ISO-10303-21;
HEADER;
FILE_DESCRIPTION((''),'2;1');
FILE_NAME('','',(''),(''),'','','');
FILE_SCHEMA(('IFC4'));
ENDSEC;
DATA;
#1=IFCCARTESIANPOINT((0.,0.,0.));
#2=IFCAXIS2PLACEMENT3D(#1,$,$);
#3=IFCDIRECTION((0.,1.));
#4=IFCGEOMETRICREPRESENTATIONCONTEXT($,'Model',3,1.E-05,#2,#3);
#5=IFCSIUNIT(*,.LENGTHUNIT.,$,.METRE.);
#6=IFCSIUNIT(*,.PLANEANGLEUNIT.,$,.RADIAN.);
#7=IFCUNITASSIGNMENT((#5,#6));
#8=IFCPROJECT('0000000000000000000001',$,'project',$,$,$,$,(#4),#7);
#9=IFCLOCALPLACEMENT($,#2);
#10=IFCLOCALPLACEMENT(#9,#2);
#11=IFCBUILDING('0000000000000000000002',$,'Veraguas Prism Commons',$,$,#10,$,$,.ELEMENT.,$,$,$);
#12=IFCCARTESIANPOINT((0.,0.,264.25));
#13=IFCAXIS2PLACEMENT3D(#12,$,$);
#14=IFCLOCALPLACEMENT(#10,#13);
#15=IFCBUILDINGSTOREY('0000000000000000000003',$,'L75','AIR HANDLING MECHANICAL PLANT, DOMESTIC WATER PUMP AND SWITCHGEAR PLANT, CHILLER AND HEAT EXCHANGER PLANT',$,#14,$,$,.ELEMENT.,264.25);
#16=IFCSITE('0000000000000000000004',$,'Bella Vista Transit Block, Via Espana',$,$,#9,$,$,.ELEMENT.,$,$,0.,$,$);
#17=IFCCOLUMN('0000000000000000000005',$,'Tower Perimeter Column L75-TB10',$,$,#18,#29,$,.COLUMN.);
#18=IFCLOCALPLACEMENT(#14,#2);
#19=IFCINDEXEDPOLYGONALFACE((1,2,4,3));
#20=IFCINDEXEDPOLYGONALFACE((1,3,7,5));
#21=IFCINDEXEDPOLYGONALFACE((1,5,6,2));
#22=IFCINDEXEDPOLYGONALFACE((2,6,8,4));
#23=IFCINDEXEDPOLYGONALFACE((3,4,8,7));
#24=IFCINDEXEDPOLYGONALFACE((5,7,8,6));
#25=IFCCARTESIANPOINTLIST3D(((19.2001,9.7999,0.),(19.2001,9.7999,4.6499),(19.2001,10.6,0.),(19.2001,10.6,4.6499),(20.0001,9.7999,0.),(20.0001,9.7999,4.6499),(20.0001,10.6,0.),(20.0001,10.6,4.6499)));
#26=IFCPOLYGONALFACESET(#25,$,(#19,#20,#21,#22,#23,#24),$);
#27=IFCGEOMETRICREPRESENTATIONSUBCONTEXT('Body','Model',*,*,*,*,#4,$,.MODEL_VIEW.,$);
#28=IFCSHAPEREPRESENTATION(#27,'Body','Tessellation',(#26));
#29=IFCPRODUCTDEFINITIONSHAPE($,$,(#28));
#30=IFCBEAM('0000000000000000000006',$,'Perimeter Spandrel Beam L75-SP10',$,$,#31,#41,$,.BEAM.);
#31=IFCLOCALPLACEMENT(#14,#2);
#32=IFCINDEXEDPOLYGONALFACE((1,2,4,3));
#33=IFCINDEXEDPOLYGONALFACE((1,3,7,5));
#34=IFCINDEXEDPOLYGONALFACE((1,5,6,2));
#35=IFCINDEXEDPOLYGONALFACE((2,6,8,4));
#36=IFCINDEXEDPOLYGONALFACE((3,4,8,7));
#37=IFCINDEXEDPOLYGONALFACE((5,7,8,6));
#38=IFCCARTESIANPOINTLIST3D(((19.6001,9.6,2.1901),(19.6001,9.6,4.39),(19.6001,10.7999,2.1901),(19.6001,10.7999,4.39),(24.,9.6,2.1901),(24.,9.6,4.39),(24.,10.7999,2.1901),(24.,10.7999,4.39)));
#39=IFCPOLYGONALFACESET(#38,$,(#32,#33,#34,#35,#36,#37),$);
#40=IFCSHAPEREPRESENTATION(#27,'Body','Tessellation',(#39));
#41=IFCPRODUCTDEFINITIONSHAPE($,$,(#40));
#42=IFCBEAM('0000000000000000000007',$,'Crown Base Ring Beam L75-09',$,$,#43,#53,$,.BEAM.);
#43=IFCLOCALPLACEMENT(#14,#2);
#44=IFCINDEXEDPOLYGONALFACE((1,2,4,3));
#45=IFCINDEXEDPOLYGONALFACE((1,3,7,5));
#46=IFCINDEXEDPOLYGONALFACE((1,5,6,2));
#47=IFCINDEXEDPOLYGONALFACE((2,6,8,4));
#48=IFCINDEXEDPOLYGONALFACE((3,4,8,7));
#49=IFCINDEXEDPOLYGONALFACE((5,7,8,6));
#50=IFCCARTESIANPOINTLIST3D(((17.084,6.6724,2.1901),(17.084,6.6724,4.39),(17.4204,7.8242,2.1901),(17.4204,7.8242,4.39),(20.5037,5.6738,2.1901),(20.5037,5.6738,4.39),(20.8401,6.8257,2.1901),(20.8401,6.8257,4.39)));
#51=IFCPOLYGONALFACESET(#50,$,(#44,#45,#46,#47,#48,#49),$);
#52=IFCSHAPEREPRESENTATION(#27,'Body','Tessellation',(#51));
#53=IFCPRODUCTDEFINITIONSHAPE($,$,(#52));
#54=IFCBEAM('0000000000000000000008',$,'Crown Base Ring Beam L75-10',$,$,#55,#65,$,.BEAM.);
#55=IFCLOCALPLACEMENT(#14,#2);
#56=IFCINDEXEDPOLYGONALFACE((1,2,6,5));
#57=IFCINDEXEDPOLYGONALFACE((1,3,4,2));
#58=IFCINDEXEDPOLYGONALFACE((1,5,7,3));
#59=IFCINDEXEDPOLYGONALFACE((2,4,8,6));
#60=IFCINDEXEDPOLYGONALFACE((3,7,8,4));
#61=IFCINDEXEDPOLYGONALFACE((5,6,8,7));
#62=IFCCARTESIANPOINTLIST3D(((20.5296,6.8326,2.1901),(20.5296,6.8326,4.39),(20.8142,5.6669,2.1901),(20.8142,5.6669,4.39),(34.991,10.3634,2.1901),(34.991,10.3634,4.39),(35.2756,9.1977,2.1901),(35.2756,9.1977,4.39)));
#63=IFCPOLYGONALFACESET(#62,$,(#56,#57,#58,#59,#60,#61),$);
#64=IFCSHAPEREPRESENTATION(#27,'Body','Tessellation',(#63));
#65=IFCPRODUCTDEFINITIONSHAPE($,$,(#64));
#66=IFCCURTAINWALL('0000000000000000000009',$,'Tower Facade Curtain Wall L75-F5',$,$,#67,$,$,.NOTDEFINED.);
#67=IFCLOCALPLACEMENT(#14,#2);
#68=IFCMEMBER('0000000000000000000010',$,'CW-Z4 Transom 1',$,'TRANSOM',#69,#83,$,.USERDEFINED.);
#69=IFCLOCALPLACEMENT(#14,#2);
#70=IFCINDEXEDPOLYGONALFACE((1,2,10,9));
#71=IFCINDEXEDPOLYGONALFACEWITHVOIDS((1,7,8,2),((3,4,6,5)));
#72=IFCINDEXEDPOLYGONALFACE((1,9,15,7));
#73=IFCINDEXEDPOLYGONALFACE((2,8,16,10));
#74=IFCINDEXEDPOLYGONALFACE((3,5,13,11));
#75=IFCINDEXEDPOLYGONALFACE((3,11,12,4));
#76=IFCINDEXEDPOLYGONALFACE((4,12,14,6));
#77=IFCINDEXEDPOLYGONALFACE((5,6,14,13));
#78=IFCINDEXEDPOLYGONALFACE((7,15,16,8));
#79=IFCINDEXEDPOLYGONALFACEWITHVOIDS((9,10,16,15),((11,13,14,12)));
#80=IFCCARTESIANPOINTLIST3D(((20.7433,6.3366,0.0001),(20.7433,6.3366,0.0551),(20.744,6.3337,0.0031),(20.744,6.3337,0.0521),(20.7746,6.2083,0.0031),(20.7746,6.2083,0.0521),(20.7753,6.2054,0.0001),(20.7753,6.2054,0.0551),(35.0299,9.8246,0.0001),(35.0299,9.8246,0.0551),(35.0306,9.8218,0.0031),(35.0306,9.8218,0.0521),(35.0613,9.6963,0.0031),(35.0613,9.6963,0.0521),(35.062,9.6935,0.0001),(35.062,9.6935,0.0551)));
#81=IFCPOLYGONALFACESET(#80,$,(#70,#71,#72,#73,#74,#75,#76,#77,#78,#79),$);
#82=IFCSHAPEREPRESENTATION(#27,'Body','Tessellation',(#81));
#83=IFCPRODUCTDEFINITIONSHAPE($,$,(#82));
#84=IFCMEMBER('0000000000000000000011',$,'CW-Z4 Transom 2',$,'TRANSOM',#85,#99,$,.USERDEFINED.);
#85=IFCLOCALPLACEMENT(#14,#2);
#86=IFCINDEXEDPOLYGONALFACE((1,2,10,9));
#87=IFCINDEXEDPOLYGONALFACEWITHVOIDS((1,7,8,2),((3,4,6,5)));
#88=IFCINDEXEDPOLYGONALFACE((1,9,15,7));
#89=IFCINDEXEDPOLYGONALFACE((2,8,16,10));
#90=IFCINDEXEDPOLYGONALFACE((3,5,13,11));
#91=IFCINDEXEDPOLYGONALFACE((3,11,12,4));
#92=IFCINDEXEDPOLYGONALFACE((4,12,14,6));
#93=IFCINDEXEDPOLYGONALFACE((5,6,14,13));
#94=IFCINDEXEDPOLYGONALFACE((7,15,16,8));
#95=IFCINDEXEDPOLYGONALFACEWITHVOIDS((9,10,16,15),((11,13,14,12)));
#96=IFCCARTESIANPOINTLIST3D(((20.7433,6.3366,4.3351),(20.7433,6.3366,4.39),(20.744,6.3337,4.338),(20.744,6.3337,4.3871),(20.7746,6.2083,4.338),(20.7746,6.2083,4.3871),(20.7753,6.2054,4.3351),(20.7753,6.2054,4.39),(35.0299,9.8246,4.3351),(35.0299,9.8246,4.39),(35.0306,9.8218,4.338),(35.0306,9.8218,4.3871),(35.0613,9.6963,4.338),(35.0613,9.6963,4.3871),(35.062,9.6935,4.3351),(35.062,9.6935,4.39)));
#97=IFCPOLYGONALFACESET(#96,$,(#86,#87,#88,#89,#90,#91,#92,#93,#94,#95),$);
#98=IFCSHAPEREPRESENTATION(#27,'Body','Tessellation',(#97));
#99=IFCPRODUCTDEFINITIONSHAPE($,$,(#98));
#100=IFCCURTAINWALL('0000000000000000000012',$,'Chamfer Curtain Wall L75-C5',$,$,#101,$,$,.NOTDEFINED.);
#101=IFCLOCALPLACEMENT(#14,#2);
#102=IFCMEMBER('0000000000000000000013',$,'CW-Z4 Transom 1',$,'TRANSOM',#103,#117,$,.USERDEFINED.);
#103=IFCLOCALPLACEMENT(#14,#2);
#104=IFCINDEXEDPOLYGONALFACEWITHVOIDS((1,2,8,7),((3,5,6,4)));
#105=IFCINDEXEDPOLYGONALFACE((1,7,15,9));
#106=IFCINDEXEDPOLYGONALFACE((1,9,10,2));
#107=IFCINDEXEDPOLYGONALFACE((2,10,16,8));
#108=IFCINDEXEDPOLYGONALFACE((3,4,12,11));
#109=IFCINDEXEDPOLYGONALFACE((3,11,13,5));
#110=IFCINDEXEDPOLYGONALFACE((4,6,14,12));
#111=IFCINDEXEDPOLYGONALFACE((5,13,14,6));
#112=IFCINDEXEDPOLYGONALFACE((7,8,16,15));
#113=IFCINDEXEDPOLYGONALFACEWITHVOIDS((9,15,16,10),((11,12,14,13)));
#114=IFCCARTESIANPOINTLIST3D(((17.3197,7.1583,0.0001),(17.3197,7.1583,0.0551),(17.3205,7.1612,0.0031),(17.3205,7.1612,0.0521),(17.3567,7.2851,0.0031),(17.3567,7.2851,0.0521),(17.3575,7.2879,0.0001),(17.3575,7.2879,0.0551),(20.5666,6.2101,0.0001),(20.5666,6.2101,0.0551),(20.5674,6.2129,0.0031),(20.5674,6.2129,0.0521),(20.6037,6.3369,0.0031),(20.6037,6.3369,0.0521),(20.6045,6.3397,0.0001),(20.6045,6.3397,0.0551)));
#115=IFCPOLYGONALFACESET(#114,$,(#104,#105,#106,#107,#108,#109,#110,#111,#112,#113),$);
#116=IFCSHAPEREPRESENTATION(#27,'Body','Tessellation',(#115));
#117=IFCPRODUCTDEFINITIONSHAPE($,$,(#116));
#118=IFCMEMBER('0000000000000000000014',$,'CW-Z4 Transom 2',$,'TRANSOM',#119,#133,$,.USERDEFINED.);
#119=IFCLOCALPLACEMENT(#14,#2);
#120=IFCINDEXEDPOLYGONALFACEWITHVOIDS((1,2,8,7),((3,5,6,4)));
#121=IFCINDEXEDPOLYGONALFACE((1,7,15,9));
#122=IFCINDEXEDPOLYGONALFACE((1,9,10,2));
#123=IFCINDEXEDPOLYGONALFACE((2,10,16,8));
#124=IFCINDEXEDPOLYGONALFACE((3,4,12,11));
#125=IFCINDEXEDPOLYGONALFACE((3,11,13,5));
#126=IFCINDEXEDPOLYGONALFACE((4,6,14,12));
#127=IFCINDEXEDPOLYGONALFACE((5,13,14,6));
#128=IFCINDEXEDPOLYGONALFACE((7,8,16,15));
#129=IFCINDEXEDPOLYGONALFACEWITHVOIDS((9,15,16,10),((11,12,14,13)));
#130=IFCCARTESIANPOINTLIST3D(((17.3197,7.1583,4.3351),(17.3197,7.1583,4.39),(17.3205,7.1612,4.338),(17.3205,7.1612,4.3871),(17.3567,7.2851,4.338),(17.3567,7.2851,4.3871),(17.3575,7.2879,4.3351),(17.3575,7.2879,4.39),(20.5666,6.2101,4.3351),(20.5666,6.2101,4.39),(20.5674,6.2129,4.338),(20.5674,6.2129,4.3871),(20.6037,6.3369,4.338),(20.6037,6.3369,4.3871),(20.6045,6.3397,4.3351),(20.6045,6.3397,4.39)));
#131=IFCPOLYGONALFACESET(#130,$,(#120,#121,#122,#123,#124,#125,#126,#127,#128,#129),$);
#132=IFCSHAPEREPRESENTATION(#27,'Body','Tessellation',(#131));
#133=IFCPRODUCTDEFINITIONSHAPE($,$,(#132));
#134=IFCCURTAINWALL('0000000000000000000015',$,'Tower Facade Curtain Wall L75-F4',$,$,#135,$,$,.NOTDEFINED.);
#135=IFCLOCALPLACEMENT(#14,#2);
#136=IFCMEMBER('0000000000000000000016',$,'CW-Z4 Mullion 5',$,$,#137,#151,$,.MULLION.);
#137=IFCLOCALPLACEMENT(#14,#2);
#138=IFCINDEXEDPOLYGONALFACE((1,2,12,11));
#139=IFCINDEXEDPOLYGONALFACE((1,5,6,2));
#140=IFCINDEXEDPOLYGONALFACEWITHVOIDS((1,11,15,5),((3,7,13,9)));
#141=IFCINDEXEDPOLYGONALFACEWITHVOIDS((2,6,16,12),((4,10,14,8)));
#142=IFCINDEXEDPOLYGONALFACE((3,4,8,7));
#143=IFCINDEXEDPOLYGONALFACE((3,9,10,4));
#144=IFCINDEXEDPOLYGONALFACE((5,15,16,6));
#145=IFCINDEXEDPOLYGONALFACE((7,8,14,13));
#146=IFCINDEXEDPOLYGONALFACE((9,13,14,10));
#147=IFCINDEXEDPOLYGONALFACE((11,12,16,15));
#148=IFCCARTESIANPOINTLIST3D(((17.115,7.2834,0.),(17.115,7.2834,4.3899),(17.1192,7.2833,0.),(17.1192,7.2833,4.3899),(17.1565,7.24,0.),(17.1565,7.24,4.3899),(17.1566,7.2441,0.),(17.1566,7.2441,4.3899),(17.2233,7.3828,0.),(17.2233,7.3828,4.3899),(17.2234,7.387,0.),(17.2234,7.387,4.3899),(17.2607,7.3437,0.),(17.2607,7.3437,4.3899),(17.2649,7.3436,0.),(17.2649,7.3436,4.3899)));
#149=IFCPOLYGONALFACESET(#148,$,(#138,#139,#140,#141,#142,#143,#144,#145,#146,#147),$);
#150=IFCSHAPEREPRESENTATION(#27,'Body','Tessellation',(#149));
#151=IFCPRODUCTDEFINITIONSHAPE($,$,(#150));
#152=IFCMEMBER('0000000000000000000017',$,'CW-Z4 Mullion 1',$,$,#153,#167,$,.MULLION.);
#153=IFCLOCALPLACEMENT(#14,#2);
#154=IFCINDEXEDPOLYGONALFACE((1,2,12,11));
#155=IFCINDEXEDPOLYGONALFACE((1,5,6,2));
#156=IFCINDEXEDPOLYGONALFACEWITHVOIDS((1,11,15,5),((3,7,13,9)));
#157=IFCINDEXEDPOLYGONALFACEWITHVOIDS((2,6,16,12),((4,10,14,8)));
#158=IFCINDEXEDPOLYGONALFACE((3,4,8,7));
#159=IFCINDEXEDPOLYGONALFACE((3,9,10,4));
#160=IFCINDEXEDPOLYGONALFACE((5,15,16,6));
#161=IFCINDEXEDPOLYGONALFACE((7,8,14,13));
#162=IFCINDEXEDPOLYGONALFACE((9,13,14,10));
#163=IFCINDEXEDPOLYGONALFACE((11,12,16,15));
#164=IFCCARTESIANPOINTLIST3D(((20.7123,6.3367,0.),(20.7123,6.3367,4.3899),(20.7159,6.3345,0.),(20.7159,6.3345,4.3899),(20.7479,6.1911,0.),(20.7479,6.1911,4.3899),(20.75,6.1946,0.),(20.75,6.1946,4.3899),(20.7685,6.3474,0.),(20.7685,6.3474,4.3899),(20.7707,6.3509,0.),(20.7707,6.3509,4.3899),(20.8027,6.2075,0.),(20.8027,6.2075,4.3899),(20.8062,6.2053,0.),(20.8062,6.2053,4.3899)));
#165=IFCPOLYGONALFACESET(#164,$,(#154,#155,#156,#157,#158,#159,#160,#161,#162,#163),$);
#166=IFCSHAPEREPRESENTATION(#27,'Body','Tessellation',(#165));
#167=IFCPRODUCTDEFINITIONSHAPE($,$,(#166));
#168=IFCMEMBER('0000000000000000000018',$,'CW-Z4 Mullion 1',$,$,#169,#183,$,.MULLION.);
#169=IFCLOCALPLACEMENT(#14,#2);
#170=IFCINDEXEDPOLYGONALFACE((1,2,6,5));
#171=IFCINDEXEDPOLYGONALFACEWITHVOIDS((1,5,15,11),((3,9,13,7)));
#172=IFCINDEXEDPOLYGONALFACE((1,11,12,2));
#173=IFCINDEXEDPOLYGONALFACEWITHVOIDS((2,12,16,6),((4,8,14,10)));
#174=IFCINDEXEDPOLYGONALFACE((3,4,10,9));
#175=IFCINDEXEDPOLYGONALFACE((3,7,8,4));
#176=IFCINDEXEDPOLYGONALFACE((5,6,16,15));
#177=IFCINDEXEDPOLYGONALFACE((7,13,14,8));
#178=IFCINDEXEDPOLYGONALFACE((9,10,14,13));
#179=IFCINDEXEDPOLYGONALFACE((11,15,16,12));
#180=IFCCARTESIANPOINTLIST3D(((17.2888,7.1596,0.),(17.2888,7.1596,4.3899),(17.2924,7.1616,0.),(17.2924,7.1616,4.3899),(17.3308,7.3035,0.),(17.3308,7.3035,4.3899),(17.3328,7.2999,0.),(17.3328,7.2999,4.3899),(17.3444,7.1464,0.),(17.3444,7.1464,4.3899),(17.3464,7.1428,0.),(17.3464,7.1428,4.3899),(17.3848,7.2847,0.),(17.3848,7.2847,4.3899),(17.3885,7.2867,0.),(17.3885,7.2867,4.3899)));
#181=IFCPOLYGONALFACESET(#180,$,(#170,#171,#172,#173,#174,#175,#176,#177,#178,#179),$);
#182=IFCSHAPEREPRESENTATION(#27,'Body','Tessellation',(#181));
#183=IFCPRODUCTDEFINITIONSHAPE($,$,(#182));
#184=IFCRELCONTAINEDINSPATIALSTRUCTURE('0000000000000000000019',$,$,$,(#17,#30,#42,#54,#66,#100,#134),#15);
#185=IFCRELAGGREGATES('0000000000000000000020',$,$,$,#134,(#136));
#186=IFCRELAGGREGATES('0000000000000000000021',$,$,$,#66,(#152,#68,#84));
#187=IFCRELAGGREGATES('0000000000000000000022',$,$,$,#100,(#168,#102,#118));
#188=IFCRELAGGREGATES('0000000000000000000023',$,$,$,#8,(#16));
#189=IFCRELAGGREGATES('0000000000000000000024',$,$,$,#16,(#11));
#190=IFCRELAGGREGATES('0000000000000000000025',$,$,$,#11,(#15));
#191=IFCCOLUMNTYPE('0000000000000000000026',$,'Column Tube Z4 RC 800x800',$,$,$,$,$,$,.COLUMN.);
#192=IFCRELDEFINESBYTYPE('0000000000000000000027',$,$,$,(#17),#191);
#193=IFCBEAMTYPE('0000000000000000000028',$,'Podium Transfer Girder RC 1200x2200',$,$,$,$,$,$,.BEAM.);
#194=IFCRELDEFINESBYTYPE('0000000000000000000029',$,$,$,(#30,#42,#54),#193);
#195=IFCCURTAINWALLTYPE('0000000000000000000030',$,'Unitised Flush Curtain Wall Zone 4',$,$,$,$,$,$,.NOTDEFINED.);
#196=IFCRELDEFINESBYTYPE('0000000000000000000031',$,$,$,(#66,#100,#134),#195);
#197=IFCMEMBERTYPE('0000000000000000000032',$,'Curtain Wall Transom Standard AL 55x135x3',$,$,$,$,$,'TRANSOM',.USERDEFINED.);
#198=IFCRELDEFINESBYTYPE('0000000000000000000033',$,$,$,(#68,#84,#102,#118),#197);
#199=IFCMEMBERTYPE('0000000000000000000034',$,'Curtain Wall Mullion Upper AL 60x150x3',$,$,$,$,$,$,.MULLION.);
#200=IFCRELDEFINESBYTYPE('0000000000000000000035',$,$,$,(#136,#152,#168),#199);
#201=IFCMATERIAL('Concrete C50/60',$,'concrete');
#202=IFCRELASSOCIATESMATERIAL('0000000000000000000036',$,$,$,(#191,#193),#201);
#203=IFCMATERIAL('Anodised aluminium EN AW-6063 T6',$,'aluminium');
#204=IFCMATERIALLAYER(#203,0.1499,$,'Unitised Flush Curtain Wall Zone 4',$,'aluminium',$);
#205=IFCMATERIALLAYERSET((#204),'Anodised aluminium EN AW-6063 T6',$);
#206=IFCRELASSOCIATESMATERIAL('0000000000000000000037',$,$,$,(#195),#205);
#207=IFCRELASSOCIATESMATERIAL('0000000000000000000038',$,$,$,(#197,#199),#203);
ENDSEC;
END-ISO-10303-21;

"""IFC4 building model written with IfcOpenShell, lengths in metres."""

from ifc_helpers import new_model, si_unit, direction, frame, origin, origin_2d, place, context, subcontext, project, spatial, rectangle, hollow_rectangle, extrude, source, transform, mapped, material, layer, layer_set, material_profile, profile_set, type_object, element, aggregate, save


model = new_model("IFC4")

# Units and contexts
model_context = context("Model", 3, precision=1e-05, world=origin(), true_north=direction((0.0, 1.0)))
body_context = subcontext(model_context, "Body", "Model", "MODEL_VIEW")
ifc_project = project(units=[si_unit("LENGTHUNIT", "METRE"), si_unit("PLANEANGLEUNIT", "RADIAN")], contexts=[model_context])

# Site, building, storey
site_placement = place(None, origin())
site = spatial("IfcSite", under=ifc_project, at=site_placement, Name="Bella Vista Transit Block, Via Espana", CompositionType="ELEMENT", RefElevation=0.0)
building_placement = place(site_placement, origin())
building = spatial("IfcBuilding", under=site, at=building_placement, Name="Veraguas Prism Commons", CompositionType="ELEMENT")
storey_placement = place(building_placement, frame((0.0, 0.0, 264.25)))
storey = spatial("IfcBuildingStorey", under=building, at=storey_placement, Name="L75", Description="AIR HANDLING MECHANICAL PLANT, DOMESTIC WATER PUMP AND SWITCHGEAR PLANT, CHILLER AND HEAT EXCHANGER PLANT", CompositionType="ELEMENT", Elevation=264.25)

# Column
ifc_material_1 = material(Name="Concrete C50/60", Category="concrete")
ifc_material_profile_1 = material_profile(ifc_material_1, rectangle(XDim=0.8, YDim=0.8, at=origin_2d()), Name="RC800X800")
ifc_profile_set_1 = profile_set([ifc_material_profile_1], Name="Concrete C50/60")
column_type = type_object("IfcColumnType", Name="Column Tube Z4 RC 800x800", PredefinedType="COLUMN", material=ifc_profile_set_1)
column_placement = place(storey_placement, frame((19.6001, 10.2, 0.0), z_axis=(0.0, 0.0, 1.0), x_axis=(1.0, 0.0, 0.0)))
element("IfcColumn", 1, at=column_placement, inside=storey, type_object=column_type, Name="Tower Perimeter Column L75-TB10", PredefinedType="COLUMN", context=body_context, shape_type="SweptSolid", body=[
    extrude(rectangle(XDim=0.8, YDim=0.8, at=origin_2d()), origin(), (0.0, 0.0, 1.0), 4.6499),
])

# Beams
ifc_material_profile_2 = material_profile(ifc_material_1, rectangle(XDim=1.2, YDim=2.2, at=origin_2d()), Name="RC1200X2200")
ifc_profile_set_2 = profile_set([ifc_material_profile_2], Name="Concrete C50/60")
beam_type = type_object("IfcBeamType", Name="Podium Transfer Girder RC 1200x2200", PredefinedType="BEAM", material=ifc_profile_set_2)
beam_1_placement = place(storey_placement, frame((19.6001, 10.2, 3.29), z_axis=(1.0, 0.0, 0.0), x_axis=(0.0, 1.0, 0.0)))
element("IfcBeam", 2, at=beam_1_placement, inside=storey, type_object=beam_type, Name="Perimeter Spandrel Beam L75-SP10", PredefinedType="BEAM", context=body_context, shape_type="SweptSolid", body=[
    extrude(rectangle(XDim=1.2, YDim=2.2, at=origin_2d()), origin(), (0.0, 0.0, 1.0), 4.3999),
])
beam_2_placement = place(storey_placement, frame((17.2522, 7.2483, 3.29), z_axis=(0.959915, -0.280292, 0.0), x_axis=(0.280292, 0.959915, 0.0)))
element("IfcBeam", 3, at=beam_2_placement, inside=storey, type_object=beam_type, Name="Crown Base Ring Beam L75-09", PredefinedType="BEAM", context=body_context, shape_type="SweptSolid", body=[
    extrude(rectangle(XDim=1.2, YDim=2.2, at=origin_2d()), origin(), (0.0, 0.0, 1.0), 3.5625),
])
beam_3_placement = place(storey_placement, frame((20.6719, 6.2498, 3.29), z_axis=(0.971465, 0.237183, 0.0), x_axis=(-0.237183, 0.971465, 0.0)))
element("IfcBeam", 4, at=beam_3_placement, inside=storey, type_object=beam_type, Name="Crown Base Ring Beam L75-10", PredefinedType="BEAM", context=body_context, shape_type="SweptSolid", body=[
    extrude(rectangle(XDim=1.2, YDim=2.2, at=origin_2d()), origin(), (0.0, 0.0, 1.0), 14.8862),
])

# Curtain walls, members
ifc_material_2 = material(Name="Anodised aluminium EN AW-6063 T6", Category="aluminium")
ifc_layer_1 = layer(ifc_material_2, 0.1499, Name="Unitised Flush Curtain Wall Zone 4", Category="aluminium")
ifc_layer_set_1 = layer_set([ifc_layer_1], Name="Anodised aluminium EN AW-6063 T6")
curtain_wall_type = type_object("IfcCurtainWallType", Name="Unitised Flush Curtain Wall Zone 4", PredefinedType="NOTDEFINED", material=ifc_layer_set_1)
curtain_wall_1_placement = place(storey_placement, origin())
curtain_wall_1 = element("IfcCurtainWall", 5, at=curtain_wall_1_placement, inside=storey, type_object=curtain_wall_type, Name="Tower Facade Curtain Wall L75-F5", PredefinedType="NOTDEFINED")
ifc_material_profile_3 = material_profile(ifc_material_2, hollow_rectangle(XDim=0.0549, YDim=0.135, WallThickness=0.0029, at=origin_2d()), Name="AL55X135X3")
ifc_profile_set_3 = profile_set([ifc_material_profile_3], Name="Anodised aluminium EN AW-6063 T6")
member_type_1 = type_object("IfcMemberType", Name="Curtain Wall Transom Standard AL 55x135x3", ElementType="TRANSOM", PredefinedType="USERDEFINED", material=ifc_profile_set_3)
shared_shape_1 = source(origin(), body_context, "Body", "SweptSolid", [
    extrude(hollow_rectangle(XDim=0.0549, YDim=0.135, WallThickness=0.0029, at=origin_2d()), origin(), (0.0, 0.0, 1.0), 14.7063),
])
member_1_placement = place(storey_placement, frame((20.7593, 6.271, 0.0276), z_axis=(0.971466, 0.237181, 0.0), x_axis=(0.0, 0.0, 1.0)))
member_1 = element("IfcMember", 6, at=member_1_placement, type_object=member_type_1, Name="CW-Z4 Transom 1", ObjectType="TRANSOM", PredefinedType="USERDEFINED", context=body_context, shape_type="MappedRepresentation", body=[
    mapped(shared_shape_1, transform((0.0, 0.0, 0.0), scale=1.0)),
])
member_2_placement = place(storey_placement, frame((20.7593, 6.271, 4.3625), z_axis=(0.971466, 0.237181, 0.0), x_axis=(0.0, 0.0, 1.0)))
member_2 = element("IfcMember", 7, at=member_2_placement, type_object=member_type_1, Name="CW-Z4 Transom 2", ObjectType="TRANSOM", PredefinedType="USERDEFINED", context=body_context, shape_type="MappedRepresentation", body=[
    mapped(shared_shape_1, transform((0.0, 0.0, 0.0), scale=1.0)),
])
curtain_wall_2_placement = place(storey_placement, origin())
curtain_wall_2 = element("IfcCurtainWall", 8, at=curtain_wall_2_placement, inside=storey, type_object=curtain_wall_type, Name="Chamfer Curtain Wall L75-C5", PredefinedType="NOTDEFINED")
shared_shape_2 = source(origin(), body_context, "Body", "SweptSolid", [
    extrude(hollow_rectangle(XDim=0.0549, YDim=0.135, WallThickness=0.0029, at=origin_2d()), origin(), (0.0, 0.0, 1.0), 3.3826),
])
member_3_placement = place(storey_placement, frame((17.3386, 7.2231, 0.0276), z_axis=(0.959901, -0.280341, 0.0), x_axis=(0.0, 0.0, 1.0)))
member_3 = element("IfcMember", 9, at=member_3_placement, type_object=member_type_1, Name="CW-Z4 Transom 1", ObjectType="TRANSOM", PredefinedType="USERDEFINED", context=body_context, shape_type="MappedRepresentation", body=[
    mapped(shared_shape_2, transform((0.0, 0.0, 0.0), scale=1.0)),
])
member_4_placement = place(storey_placement, frame((17.3386, 7.2231, 4.3625), z_axis=(0.959901, -0.280341, 0.0), x_axis=(0.0, 0.0, 1.0)))
member_4 = element("IfcMember", 10, at=member_4_placement, type_object=member_type_1, Name="CW-Z4 Transom 2", ObjectType="TRANSOM", PredefinedType="USERDEFINED", context=body_context, shape_type="MappedRepresentation", body=[
    mapped(shared_shape_2, transform((0.0, 0.0, 0.0), scale=1.0)),
])

# Curtain wall, member
curtain_wall_3_placement = place(storey_placement, origin())
curtain_wall_3 = element("IfcCurtainWall", 11, at=curtain_wall_3_placement, inside=storey, type_object=curtain_wall_type, Name="Tower Facade Curtain Wall L75-F4", PredefinedType="NOTDEFINED")
ifc_material_profile_4 = material_profile(ifc_material_2, hollow_rectangle(XDim=0.0601, YDim=0.1499, WallThickness=0.0029, at=origin_2d()), Name="AL60X150X3")
ifc_profile_set_4 = profile_set([ifc_material_profile_4], Name="Anodised aluminium EN AW-6063 T6")
member_type_2 = type_object("IfcMemberType", Name="Curtain Wall Mullion Upper AL 60x150x3", PredefinedType="MULLION", material=ifc_profile_set_4)
shared_shape_3 = source(origin(), body_context, "Body", "SweptSolid", [
    extrude(hollow_rectangle(XDim=0.0601, YDim=0.1499, WallThickness=0.0029, at=origin_2d()), origin(), (0.0, 0.0, 1.0), 4.3899),
])
member_5_placement = place(storey_placement, frame((17.1899, 7.3135, 0.0), z_axis=(0.0, 0.0, 1.0), x_axis=(0.691135, -0.722726, 0.0)))
member_5 = element("IfcMember", 12, at=member_5_placement, type_object=member_type_2, Name="CW-Z4 Mullion 5", PredefinedType="MULLION", context=body_context, shape_type="MappedRepresentation", body=[
    mapped(shared_shape_3, transform((0.0, 0.0, 0.0), scale=1.0)),
])
aggregate(curtain_wall_3, [member_5])

# Members
member_6_placement = place(storey_placement, frame((20.7593, 6.271, 0.0), z_axis=(0.0, 0.0, 1.0), x_axis=(0.971466, 0.237181, 0.0)))
member_6 = element("IfcMember", 13, at=member_6_placement, type_object=member_type_2, Name="CW-Z4 Mullion 1", PredefinedType="MULLION", context=body_context, shape_type="MappedRepresentation", body=[
    mapped(shared_shape_3, transform((0.0, 0.0, 0.0), scale=1.0)),
])
aggregate(curtain_wall_1, [member_6, member_1, member_2])
member_7_placement = place(storey_placement, frame((17.3386, 7.2231, 0.0), z_axis=(0.0, 0.0, 1.0), x_axis=(0.959905, -0.280325, 0.0)))
member_7 = element("IfcMember", 14, at=member_7_placement, type_object=member_type_2, Name="CW-Z4 Mullion 1", PredefinedType="MULLION", context=body_context, shape_type="MappedRepresentation", body=[
    mapped(shared_shape_3, transform((0.0, 0.0, 0.0), scale=1.0)),
])

aggregate(curtain_wall_2, [member_7, member_3, member_4])

save(model, "model.ifc")
